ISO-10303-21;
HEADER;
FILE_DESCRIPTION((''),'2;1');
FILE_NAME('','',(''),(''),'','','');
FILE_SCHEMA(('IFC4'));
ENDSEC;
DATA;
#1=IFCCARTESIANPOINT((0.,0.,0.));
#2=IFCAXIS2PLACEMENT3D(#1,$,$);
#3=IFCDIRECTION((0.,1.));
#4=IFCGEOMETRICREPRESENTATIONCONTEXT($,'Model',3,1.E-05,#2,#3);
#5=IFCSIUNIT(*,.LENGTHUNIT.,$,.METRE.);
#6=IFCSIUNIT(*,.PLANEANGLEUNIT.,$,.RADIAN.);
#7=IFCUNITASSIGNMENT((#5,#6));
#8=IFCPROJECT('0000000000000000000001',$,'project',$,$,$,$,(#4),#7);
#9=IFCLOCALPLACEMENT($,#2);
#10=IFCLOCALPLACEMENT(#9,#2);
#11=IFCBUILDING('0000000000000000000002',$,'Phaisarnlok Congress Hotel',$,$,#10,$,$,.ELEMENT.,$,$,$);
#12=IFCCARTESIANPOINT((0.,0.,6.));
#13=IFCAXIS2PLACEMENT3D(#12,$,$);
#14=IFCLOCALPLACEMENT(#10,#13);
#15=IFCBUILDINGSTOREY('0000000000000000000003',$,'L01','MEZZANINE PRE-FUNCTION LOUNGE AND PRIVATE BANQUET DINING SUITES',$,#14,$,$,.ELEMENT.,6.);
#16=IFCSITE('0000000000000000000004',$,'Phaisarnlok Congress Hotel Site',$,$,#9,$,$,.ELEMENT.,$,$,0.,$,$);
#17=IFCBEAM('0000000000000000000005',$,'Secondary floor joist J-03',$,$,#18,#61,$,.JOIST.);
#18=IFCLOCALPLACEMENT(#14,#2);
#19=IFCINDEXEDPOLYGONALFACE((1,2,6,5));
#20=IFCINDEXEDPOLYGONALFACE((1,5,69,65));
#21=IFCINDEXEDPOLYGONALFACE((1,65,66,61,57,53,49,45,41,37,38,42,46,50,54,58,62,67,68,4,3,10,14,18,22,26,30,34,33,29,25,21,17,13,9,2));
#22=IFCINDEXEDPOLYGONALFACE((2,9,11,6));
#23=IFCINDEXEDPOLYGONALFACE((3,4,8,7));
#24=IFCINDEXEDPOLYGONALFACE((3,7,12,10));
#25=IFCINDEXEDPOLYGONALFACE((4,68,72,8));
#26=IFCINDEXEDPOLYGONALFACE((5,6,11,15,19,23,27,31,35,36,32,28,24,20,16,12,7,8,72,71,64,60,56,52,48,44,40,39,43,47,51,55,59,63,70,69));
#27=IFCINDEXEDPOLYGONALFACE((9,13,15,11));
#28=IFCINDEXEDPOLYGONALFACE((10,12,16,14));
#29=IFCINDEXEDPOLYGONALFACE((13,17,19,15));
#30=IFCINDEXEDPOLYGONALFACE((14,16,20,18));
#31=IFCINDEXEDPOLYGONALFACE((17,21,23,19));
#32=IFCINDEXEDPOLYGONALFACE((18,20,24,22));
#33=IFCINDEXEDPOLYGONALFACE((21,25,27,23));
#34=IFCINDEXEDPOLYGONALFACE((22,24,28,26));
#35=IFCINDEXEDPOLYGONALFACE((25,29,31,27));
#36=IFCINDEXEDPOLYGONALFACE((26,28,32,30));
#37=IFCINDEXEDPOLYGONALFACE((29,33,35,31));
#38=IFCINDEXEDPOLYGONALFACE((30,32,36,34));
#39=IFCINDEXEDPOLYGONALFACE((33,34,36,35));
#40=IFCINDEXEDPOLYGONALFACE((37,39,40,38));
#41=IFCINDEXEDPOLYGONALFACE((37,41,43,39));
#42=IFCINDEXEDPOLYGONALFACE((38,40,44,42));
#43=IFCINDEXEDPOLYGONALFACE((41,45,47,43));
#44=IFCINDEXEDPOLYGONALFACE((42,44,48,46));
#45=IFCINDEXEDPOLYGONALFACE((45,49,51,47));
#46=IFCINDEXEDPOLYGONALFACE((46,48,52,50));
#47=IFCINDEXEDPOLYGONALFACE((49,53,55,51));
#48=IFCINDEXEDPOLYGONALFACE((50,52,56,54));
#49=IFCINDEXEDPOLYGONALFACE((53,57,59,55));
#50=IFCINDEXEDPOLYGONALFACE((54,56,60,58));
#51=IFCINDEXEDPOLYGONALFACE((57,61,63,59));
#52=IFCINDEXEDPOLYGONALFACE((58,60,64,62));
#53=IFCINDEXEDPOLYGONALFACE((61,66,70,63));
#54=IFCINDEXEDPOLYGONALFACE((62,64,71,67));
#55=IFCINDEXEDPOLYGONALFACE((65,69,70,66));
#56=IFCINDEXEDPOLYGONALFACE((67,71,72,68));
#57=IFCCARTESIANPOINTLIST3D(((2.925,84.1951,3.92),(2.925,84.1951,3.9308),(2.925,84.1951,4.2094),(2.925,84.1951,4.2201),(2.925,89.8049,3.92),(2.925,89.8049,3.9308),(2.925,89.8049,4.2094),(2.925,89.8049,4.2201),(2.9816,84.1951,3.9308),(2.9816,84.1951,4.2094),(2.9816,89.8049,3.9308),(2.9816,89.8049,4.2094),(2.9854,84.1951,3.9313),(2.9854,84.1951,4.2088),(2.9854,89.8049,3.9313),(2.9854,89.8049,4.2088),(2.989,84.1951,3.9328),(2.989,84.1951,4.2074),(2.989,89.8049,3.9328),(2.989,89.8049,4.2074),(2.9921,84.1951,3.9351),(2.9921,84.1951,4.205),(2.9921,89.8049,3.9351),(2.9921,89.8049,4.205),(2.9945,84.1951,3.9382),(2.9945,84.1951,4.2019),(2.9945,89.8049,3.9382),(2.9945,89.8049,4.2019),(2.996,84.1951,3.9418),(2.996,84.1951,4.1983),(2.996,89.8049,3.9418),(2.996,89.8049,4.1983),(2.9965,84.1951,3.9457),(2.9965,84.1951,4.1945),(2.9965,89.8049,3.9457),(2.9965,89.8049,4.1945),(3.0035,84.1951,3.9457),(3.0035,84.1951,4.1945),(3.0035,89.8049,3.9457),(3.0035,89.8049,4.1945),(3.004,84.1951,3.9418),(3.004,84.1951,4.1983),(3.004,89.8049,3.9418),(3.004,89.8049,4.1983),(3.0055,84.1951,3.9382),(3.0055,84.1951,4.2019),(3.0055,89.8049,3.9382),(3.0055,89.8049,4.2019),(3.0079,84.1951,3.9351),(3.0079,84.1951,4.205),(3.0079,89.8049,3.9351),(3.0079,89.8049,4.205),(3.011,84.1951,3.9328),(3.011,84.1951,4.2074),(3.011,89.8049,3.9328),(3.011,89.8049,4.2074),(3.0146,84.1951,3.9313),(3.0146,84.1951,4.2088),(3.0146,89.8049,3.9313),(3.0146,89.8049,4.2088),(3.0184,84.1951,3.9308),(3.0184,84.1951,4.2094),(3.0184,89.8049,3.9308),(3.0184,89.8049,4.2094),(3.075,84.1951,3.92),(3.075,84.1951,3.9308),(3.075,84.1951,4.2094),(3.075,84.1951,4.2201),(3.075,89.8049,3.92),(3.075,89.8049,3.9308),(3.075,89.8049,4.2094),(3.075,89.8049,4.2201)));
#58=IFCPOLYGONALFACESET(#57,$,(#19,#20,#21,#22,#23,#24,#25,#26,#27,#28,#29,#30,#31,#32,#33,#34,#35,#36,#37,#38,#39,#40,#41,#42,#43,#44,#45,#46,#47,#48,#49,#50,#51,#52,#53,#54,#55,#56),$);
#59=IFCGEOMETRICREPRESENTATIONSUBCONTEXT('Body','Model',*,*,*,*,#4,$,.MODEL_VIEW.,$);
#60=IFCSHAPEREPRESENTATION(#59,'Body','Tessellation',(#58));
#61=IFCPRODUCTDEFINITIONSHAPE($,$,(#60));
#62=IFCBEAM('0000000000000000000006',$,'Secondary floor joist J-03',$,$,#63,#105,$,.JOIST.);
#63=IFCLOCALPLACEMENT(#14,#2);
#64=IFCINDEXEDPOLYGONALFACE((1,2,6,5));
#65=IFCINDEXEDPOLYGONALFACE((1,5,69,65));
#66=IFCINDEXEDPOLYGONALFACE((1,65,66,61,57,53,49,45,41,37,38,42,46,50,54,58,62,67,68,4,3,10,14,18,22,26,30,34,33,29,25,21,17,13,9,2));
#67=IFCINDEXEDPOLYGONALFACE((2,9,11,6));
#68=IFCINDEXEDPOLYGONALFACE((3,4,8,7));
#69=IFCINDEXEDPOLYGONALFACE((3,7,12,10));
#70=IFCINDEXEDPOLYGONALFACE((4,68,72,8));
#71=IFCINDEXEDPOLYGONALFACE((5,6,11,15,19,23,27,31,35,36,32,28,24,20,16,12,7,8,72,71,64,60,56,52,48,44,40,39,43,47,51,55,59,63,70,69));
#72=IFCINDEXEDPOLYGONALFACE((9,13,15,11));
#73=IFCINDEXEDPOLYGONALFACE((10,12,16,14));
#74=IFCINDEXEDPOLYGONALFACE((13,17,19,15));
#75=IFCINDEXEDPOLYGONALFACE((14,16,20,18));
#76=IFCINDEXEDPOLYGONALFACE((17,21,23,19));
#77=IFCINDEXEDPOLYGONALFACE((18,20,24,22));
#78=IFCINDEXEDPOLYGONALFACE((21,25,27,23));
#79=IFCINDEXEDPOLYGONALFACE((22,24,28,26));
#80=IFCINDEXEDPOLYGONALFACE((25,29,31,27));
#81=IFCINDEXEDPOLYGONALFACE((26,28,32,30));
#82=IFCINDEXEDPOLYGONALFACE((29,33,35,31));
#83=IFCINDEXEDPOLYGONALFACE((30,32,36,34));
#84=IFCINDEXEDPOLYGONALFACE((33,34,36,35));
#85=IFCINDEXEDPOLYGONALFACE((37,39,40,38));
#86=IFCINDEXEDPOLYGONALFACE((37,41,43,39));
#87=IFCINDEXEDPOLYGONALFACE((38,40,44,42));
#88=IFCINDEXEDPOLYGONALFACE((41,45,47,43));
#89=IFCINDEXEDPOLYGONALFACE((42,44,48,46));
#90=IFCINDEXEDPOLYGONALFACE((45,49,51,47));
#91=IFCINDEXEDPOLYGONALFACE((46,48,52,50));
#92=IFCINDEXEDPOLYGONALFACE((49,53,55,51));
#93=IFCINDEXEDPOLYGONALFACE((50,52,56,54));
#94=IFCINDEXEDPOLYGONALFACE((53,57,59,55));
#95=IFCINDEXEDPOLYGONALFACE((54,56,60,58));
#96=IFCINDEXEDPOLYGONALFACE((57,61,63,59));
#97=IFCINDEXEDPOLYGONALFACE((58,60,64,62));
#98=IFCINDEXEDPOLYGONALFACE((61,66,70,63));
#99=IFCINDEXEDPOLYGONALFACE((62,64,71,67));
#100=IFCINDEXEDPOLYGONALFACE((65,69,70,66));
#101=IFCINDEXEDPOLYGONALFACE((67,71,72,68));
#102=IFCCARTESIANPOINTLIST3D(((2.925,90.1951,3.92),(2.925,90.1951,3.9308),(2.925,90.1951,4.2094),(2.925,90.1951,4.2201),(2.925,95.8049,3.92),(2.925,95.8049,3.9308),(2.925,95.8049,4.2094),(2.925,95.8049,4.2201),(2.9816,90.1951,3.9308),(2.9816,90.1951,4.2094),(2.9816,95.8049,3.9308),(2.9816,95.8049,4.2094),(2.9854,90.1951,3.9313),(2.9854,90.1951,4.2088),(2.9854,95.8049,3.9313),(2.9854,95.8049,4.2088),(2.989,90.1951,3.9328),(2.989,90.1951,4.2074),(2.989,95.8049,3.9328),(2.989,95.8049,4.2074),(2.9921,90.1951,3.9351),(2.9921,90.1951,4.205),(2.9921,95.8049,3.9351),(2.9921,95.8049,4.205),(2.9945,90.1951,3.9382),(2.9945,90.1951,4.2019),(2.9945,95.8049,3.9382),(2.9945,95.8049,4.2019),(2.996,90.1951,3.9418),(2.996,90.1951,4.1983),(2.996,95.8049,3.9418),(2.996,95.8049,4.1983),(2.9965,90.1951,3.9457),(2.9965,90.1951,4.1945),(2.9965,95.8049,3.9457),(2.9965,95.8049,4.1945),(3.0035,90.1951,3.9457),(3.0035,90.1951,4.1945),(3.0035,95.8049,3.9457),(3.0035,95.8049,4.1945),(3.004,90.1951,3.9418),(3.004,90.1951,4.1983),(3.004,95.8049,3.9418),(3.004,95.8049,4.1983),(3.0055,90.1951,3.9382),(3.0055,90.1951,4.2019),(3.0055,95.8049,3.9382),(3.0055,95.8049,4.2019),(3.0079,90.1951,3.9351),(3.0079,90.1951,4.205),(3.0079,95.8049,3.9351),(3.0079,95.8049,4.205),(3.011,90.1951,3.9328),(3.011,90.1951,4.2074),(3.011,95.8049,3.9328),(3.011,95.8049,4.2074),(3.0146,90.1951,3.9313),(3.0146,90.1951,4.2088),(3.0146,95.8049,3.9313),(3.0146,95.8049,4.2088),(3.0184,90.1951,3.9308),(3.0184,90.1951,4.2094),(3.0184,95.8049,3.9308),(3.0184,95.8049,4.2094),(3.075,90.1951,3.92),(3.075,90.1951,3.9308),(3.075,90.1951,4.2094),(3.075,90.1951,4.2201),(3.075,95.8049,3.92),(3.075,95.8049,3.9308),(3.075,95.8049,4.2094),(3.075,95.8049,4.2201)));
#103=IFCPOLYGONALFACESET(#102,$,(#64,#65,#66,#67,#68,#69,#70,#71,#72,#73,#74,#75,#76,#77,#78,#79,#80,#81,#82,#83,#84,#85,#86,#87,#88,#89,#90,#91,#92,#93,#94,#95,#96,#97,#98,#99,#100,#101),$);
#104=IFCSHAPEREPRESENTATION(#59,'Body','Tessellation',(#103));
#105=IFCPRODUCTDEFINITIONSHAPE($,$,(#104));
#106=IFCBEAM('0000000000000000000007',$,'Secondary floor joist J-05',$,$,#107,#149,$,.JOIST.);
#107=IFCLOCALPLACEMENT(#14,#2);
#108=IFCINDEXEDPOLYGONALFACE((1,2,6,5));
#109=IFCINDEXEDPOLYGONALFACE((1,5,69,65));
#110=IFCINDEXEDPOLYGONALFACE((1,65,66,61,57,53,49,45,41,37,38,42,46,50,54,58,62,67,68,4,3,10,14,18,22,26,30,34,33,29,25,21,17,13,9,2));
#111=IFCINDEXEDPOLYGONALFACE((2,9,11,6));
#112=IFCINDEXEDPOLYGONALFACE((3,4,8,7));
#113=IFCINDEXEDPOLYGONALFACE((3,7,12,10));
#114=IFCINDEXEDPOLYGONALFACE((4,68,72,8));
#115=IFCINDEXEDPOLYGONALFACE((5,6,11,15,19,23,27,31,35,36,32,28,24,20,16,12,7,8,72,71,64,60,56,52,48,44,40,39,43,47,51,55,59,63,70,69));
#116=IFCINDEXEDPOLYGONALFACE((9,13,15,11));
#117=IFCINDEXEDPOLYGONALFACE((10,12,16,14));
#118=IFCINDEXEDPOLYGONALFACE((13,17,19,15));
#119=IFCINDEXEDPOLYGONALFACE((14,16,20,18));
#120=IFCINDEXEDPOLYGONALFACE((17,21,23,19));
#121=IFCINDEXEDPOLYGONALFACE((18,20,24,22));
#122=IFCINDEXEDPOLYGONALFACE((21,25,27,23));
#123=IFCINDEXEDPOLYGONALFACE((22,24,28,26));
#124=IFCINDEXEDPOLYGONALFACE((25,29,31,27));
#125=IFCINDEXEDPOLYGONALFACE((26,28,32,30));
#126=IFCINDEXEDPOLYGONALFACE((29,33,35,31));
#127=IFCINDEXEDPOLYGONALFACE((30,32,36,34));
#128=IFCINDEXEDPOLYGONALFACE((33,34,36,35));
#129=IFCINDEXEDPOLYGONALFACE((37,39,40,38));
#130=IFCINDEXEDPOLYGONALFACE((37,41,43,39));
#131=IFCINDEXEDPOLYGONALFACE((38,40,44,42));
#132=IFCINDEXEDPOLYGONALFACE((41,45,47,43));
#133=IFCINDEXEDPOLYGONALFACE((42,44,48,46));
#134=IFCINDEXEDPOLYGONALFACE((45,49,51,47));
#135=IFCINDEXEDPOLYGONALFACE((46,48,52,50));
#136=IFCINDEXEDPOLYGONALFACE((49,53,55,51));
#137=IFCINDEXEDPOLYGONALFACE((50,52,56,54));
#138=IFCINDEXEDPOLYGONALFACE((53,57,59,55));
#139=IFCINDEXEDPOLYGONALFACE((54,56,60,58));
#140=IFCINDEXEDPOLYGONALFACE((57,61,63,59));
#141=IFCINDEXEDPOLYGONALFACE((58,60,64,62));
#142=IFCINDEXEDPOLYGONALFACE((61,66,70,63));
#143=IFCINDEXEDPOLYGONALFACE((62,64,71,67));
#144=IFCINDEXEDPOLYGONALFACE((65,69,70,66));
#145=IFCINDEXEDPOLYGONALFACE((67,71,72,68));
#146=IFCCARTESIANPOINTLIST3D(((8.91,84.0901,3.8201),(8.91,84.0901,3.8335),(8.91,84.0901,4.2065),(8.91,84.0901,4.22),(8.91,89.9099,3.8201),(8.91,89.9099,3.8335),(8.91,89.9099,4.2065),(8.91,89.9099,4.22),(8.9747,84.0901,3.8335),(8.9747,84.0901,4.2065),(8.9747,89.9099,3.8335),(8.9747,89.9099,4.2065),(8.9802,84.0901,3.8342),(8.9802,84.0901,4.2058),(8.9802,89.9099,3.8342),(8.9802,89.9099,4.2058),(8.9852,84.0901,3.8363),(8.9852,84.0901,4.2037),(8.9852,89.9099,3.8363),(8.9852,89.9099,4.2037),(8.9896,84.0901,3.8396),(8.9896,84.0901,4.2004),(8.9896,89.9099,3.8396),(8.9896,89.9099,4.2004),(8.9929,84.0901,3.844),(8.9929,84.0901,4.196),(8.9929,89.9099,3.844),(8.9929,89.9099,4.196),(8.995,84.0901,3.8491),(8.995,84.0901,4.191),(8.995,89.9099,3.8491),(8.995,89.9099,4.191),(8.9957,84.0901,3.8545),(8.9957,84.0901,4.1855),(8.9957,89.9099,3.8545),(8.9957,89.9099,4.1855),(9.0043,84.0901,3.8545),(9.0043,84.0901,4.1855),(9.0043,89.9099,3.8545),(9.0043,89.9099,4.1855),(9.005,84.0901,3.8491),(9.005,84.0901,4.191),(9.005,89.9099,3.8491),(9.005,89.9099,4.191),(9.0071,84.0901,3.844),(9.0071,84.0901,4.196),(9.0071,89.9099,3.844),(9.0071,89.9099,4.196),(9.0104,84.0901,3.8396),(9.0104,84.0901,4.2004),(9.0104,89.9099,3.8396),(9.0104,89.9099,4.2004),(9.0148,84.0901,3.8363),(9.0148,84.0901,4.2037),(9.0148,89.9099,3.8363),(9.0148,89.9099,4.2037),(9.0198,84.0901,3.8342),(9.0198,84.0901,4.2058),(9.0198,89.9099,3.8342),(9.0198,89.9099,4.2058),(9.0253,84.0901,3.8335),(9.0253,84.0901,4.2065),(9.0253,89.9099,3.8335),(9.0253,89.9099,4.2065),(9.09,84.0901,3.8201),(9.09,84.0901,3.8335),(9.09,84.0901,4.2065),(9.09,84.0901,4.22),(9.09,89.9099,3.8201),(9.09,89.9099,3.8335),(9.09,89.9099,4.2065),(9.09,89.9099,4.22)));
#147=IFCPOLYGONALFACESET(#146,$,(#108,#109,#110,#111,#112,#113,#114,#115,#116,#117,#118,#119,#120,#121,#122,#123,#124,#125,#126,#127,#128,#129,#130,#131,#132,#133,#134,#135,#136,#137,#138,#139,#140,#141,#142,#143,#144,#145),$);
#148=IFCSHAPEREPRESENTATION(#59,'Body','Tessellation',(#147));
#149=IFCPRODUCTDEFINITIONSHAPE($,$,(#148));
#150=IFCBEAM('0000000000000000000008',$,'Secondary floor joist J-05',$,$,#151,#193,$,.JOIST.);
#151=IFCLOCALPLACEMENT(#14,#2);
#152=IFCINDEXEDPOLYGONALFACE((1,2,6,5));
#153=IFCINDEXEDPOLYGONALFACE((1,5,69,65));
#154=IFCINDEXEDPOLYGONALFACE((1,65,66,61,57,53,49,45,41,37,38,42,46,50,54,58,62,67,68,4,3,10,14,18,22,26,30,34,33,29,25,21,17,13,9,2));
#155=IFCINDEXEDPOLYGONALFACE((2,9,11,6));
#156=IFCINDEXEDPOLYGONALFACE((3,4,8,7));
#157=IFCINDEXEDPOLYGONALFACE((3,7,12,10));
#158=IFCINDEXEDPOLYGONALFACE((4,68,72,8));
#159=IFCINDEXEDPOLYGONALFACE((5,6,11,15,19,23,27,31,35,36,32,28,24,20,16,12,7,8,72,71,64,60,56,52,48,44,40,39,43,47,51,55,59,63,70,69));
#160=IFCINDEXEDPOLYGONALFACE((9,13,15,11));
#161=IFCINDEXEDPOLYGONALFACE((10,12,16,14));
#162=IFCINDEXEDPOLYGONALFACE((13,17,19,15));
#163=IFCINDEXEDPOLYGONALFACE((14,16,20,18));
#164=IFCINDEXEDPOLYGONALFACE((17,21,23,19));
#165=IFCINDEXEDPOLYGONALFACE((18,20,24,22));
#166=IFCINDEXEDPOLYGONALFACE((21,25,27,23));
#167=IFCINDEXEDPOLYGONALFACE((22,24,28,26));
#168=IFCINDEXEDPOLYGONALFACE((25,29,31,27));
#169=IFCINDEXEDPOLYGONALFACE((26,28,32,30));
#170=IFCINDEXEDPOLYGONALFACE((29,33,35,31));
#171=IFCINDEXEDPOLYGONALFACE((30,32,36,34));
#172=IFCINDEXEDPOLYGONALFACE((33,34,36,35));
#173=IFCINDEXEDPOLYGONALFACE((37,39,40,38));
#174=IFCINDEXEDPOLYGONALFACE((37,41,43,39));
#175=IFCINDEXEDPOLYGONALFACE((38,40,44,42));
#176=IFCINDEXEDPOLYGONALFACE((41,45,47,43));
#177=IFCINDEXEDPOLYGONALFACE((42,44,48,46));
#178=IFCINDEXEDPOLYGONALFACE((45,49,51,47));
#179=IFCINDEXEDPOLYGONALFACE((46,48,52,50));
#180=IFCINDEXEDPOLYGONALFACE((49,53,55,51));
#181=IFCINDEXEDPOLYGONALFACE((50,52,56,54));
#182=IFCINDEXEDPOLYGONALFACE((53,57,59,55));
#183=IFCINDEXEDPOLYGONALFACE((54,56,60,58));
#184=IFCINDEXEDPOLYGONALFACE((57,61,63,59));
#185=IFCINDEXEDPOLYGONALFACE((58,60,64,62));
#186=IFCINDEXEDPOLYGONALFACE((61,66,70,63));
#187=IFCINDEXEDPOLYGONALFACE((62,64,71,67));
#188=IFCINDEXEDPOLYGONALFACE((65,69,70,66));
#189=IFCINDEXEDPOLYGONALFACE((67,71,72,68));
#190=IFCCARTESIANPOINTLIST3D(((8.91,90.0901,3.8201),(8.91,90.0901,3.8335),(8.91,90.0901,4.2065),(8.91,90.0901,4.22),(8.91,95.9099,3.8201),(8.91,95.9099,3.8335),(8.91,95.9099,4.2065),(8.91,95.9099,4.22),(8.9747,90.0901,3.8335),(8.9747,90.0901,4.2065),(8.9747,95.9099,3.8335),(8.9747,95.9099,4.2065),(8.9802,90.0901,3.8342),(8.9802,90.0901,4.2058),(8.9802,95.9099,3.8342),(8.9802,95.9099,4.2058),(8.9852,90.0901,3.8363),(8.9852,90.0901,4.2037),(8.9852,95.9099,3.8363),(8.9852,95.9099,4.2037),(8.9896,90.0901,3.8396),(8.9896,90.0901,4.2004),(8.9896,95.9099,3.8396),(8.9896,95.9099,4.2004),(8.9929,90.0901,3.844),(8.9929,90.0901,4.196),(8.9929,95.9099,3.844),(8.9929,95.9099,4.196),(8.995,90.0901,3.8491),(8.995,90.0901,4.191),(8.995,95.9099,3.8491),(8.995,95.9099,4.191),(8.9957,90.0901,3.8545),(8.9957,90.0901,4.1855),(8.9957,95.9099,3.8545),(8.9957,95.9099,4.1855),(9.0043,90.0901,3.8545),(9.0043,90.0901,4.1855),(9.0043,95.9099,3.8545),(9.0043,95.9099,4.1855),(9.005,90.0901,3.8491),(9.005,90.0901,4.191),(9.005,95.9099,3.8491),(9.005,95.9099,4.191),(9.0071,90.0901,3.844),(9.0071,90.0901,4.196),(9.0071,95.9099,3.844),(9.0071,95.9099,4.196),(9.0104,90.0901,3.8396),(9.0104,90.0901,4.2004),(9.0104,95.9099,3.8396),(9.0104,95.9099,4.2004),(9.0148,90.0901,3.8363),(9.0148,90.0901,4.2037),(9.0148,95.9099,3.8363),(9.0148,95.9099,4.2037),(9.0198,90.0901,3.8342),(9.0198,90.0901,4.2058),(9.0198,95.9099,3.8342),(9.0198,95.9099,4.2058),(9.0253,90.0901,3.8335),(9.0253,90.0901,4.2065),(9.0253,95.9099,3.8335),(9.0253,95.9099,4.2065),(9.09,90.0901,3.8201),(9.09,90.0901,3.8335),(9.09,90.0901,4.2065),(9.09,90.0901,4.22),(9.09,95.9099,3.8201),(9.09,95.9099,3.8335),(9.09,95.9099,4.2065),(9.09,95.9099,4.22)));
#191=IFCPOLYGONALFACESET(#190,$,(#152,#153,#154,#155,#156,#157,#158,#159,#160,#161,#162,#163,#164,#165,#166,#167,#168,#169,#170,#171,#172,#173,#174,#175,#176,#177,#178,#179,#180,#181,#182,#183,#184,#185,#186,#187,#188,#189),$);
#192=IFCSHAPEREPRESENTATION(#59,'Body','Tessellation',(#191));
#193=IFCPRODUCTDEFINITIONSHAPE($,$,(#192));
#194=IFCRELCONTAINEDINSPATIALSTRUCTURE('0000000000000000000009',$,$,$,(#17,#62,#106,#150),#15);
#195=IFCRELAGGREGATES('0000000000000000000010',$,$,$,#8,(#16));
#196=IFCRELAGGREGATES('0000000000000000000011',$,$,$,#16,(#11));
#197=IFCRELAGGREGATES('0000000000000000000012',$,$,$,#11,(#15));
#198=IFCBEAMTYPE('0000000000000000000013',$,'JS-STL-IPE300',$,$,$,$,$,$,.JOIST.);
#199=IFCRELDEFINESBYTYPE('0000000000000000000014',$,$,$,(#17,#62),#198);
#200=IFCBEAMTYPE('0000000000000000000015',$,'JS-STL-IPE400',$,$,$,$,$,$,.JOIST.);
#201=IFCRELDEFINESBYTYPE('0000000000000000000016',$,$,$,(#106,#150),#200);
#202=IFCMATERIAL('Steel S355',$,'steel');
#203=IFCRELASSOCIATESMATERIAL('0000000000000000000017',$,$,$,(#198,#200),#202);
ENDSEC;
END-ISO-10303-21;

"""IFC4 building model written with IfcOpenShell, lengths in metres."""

from ifc_helpers import new_model, si_unit, direction, frame, origin, origin_2d, place, context, subcontext, project, spatial, i_section, extrude, material, material_profile, profile_set, type_object, element, save


model = new_model("IFC4")

# Units and contexts
model_context = context("Model", 3, precision=1e-05, world=origin(), true_north=direction((0.0, 1.0)))
body_context = subcontext(model_context, "Body", "Model", "MODEL_VIEW")
ifc_project = project(units=[si_unit("LENGTHUNIT", "METRE"), si_unit("PLANEANGLEUNIT", "RADIAN")], contexts=[model_context])

# Site, building, storey
site_placement = place(None, origin())
site = spatial("IfcSite", under=ifc_project, at=site_placement, Name="Phaisarnlok Congress Hotel Site", CompositionType="ELEMENT", RefElevation=0.0)
building_placement = place(site_placement, origin())
building = spatial("IfcBuilding", under=site, at=building_placement, Name="Phaisarnlok Congress Hotel", CompositionType="ELEMENT")
storey_placement = place(building_placement, frame((0.0, 0.0, 6.0)))
storey = spatial("IfcBuildingStorey", under=building, at=storey_placement, Name="L01", Description="MEZZANINE PRE-FUNCTION LOUNGE AND PRIVATE BANQUET DINING SUITES", CompositionType="ELEMENT", Elevation=6.0)

# Beams
ifc_material_1 = material(Name="Steel S355", Category="steel")
ifc_material_profile_1 = material_profile(ifc_material_1, i_section(OverallWidth=0.1499, OverallDepth=0.3, WebThickness=0.0071, FlangeThickness=0.0107, FilletRadius=0.0149, at=origin_2d()), Name="IPE 300")
ifc_profile_set_1 = profile_set([ifc_material_profile_1], Name="Steel S355")
beam_type_1 = type_object("IfcBeamType", Name="JS-STL-IPE300", PredefinedType="JOIST", material=ifc_profile_set_1)
for number, where, z_axis, x_axis, name in (
    (1, (3.0, 84.1951, 4.0701), (0.0, 1.0, 0.0), (-1.0, 0.0, 0.0), "Secondary floor joist J-03"),
    (2, (3.0, 90.1951, 4.0701), (0.0, 1.0, 0.0), (-1.0, 0.0, 0.0), "Secondary floor joist J-03"),
):
    element("IfcBeam", number, at=place(storey_placement, frame(where, z_axis=z_axis, x_axis=x_axis)), inside=storey, type_object=beam_type_1, Name=name, PredefinedType="JOIST", context=body_context, shape_type="SweptSolid", body=[
        extrude(i_section(OverallWidth=0.1499, OverallDepth=0.3, WebThickness=0.0071, FlangeThickness=0.0107, FilletRadius=0.0149, at=origin_2d()), origin(), (0.0, 0.0, 1.0), 5.6099),
    ])
ifc_material_profile_2 = material_profile(ifc_material_1, i_section(OverallWidth=0.1799, OverallDepth=0.3999, WebThickness=0.0085, FlangeThickness=0.0134, FilletRadius=0.021, at=origin_2d()), Name="IPE 400")
ifc_profile_set_2 = profile_set([ifc_material_profile_2], Name="Steel S355")
beam_type_2 = type_object("IfcBeamType", Name="JS-STL-IPE400", PredefinedType="JOIST", material=ifc_profile_set_2)
for number, where, z_axis, x_axis, name in (
    (3, (9.0, 84.0901, 4.02), (0.0, 1.0, 0.0), (-1.0, 0.0, 0.0), "Secondary floor joist J-05"),
    (4, (9.0, 90.0901, 4.02), (0.0, 1.0, 0.0), (-1.0, 0.0, 0.0), "Secondary floor joist J-05"),
):
    element("IfcBeam", number, at=place(storey_placement, frame(where, z_axis=z_axis, x_axis=x_axis)), inside=storey, type_object=beam_type_2, Name=name, PredefinedType="JOIST", context=body_context, shape_type="SweptSolid", body=[
        extrude(i_section(OverallWidth=0.1799, OverallDepth=0.3999, WebThickness=0.0085, FlangeThickness=0.0134, FilletRadius=0.021, at=origin_2d()), origin(), (0.0, 0.0, 1.0), 5.8198),
    ])

save(model, "model.ifc")
